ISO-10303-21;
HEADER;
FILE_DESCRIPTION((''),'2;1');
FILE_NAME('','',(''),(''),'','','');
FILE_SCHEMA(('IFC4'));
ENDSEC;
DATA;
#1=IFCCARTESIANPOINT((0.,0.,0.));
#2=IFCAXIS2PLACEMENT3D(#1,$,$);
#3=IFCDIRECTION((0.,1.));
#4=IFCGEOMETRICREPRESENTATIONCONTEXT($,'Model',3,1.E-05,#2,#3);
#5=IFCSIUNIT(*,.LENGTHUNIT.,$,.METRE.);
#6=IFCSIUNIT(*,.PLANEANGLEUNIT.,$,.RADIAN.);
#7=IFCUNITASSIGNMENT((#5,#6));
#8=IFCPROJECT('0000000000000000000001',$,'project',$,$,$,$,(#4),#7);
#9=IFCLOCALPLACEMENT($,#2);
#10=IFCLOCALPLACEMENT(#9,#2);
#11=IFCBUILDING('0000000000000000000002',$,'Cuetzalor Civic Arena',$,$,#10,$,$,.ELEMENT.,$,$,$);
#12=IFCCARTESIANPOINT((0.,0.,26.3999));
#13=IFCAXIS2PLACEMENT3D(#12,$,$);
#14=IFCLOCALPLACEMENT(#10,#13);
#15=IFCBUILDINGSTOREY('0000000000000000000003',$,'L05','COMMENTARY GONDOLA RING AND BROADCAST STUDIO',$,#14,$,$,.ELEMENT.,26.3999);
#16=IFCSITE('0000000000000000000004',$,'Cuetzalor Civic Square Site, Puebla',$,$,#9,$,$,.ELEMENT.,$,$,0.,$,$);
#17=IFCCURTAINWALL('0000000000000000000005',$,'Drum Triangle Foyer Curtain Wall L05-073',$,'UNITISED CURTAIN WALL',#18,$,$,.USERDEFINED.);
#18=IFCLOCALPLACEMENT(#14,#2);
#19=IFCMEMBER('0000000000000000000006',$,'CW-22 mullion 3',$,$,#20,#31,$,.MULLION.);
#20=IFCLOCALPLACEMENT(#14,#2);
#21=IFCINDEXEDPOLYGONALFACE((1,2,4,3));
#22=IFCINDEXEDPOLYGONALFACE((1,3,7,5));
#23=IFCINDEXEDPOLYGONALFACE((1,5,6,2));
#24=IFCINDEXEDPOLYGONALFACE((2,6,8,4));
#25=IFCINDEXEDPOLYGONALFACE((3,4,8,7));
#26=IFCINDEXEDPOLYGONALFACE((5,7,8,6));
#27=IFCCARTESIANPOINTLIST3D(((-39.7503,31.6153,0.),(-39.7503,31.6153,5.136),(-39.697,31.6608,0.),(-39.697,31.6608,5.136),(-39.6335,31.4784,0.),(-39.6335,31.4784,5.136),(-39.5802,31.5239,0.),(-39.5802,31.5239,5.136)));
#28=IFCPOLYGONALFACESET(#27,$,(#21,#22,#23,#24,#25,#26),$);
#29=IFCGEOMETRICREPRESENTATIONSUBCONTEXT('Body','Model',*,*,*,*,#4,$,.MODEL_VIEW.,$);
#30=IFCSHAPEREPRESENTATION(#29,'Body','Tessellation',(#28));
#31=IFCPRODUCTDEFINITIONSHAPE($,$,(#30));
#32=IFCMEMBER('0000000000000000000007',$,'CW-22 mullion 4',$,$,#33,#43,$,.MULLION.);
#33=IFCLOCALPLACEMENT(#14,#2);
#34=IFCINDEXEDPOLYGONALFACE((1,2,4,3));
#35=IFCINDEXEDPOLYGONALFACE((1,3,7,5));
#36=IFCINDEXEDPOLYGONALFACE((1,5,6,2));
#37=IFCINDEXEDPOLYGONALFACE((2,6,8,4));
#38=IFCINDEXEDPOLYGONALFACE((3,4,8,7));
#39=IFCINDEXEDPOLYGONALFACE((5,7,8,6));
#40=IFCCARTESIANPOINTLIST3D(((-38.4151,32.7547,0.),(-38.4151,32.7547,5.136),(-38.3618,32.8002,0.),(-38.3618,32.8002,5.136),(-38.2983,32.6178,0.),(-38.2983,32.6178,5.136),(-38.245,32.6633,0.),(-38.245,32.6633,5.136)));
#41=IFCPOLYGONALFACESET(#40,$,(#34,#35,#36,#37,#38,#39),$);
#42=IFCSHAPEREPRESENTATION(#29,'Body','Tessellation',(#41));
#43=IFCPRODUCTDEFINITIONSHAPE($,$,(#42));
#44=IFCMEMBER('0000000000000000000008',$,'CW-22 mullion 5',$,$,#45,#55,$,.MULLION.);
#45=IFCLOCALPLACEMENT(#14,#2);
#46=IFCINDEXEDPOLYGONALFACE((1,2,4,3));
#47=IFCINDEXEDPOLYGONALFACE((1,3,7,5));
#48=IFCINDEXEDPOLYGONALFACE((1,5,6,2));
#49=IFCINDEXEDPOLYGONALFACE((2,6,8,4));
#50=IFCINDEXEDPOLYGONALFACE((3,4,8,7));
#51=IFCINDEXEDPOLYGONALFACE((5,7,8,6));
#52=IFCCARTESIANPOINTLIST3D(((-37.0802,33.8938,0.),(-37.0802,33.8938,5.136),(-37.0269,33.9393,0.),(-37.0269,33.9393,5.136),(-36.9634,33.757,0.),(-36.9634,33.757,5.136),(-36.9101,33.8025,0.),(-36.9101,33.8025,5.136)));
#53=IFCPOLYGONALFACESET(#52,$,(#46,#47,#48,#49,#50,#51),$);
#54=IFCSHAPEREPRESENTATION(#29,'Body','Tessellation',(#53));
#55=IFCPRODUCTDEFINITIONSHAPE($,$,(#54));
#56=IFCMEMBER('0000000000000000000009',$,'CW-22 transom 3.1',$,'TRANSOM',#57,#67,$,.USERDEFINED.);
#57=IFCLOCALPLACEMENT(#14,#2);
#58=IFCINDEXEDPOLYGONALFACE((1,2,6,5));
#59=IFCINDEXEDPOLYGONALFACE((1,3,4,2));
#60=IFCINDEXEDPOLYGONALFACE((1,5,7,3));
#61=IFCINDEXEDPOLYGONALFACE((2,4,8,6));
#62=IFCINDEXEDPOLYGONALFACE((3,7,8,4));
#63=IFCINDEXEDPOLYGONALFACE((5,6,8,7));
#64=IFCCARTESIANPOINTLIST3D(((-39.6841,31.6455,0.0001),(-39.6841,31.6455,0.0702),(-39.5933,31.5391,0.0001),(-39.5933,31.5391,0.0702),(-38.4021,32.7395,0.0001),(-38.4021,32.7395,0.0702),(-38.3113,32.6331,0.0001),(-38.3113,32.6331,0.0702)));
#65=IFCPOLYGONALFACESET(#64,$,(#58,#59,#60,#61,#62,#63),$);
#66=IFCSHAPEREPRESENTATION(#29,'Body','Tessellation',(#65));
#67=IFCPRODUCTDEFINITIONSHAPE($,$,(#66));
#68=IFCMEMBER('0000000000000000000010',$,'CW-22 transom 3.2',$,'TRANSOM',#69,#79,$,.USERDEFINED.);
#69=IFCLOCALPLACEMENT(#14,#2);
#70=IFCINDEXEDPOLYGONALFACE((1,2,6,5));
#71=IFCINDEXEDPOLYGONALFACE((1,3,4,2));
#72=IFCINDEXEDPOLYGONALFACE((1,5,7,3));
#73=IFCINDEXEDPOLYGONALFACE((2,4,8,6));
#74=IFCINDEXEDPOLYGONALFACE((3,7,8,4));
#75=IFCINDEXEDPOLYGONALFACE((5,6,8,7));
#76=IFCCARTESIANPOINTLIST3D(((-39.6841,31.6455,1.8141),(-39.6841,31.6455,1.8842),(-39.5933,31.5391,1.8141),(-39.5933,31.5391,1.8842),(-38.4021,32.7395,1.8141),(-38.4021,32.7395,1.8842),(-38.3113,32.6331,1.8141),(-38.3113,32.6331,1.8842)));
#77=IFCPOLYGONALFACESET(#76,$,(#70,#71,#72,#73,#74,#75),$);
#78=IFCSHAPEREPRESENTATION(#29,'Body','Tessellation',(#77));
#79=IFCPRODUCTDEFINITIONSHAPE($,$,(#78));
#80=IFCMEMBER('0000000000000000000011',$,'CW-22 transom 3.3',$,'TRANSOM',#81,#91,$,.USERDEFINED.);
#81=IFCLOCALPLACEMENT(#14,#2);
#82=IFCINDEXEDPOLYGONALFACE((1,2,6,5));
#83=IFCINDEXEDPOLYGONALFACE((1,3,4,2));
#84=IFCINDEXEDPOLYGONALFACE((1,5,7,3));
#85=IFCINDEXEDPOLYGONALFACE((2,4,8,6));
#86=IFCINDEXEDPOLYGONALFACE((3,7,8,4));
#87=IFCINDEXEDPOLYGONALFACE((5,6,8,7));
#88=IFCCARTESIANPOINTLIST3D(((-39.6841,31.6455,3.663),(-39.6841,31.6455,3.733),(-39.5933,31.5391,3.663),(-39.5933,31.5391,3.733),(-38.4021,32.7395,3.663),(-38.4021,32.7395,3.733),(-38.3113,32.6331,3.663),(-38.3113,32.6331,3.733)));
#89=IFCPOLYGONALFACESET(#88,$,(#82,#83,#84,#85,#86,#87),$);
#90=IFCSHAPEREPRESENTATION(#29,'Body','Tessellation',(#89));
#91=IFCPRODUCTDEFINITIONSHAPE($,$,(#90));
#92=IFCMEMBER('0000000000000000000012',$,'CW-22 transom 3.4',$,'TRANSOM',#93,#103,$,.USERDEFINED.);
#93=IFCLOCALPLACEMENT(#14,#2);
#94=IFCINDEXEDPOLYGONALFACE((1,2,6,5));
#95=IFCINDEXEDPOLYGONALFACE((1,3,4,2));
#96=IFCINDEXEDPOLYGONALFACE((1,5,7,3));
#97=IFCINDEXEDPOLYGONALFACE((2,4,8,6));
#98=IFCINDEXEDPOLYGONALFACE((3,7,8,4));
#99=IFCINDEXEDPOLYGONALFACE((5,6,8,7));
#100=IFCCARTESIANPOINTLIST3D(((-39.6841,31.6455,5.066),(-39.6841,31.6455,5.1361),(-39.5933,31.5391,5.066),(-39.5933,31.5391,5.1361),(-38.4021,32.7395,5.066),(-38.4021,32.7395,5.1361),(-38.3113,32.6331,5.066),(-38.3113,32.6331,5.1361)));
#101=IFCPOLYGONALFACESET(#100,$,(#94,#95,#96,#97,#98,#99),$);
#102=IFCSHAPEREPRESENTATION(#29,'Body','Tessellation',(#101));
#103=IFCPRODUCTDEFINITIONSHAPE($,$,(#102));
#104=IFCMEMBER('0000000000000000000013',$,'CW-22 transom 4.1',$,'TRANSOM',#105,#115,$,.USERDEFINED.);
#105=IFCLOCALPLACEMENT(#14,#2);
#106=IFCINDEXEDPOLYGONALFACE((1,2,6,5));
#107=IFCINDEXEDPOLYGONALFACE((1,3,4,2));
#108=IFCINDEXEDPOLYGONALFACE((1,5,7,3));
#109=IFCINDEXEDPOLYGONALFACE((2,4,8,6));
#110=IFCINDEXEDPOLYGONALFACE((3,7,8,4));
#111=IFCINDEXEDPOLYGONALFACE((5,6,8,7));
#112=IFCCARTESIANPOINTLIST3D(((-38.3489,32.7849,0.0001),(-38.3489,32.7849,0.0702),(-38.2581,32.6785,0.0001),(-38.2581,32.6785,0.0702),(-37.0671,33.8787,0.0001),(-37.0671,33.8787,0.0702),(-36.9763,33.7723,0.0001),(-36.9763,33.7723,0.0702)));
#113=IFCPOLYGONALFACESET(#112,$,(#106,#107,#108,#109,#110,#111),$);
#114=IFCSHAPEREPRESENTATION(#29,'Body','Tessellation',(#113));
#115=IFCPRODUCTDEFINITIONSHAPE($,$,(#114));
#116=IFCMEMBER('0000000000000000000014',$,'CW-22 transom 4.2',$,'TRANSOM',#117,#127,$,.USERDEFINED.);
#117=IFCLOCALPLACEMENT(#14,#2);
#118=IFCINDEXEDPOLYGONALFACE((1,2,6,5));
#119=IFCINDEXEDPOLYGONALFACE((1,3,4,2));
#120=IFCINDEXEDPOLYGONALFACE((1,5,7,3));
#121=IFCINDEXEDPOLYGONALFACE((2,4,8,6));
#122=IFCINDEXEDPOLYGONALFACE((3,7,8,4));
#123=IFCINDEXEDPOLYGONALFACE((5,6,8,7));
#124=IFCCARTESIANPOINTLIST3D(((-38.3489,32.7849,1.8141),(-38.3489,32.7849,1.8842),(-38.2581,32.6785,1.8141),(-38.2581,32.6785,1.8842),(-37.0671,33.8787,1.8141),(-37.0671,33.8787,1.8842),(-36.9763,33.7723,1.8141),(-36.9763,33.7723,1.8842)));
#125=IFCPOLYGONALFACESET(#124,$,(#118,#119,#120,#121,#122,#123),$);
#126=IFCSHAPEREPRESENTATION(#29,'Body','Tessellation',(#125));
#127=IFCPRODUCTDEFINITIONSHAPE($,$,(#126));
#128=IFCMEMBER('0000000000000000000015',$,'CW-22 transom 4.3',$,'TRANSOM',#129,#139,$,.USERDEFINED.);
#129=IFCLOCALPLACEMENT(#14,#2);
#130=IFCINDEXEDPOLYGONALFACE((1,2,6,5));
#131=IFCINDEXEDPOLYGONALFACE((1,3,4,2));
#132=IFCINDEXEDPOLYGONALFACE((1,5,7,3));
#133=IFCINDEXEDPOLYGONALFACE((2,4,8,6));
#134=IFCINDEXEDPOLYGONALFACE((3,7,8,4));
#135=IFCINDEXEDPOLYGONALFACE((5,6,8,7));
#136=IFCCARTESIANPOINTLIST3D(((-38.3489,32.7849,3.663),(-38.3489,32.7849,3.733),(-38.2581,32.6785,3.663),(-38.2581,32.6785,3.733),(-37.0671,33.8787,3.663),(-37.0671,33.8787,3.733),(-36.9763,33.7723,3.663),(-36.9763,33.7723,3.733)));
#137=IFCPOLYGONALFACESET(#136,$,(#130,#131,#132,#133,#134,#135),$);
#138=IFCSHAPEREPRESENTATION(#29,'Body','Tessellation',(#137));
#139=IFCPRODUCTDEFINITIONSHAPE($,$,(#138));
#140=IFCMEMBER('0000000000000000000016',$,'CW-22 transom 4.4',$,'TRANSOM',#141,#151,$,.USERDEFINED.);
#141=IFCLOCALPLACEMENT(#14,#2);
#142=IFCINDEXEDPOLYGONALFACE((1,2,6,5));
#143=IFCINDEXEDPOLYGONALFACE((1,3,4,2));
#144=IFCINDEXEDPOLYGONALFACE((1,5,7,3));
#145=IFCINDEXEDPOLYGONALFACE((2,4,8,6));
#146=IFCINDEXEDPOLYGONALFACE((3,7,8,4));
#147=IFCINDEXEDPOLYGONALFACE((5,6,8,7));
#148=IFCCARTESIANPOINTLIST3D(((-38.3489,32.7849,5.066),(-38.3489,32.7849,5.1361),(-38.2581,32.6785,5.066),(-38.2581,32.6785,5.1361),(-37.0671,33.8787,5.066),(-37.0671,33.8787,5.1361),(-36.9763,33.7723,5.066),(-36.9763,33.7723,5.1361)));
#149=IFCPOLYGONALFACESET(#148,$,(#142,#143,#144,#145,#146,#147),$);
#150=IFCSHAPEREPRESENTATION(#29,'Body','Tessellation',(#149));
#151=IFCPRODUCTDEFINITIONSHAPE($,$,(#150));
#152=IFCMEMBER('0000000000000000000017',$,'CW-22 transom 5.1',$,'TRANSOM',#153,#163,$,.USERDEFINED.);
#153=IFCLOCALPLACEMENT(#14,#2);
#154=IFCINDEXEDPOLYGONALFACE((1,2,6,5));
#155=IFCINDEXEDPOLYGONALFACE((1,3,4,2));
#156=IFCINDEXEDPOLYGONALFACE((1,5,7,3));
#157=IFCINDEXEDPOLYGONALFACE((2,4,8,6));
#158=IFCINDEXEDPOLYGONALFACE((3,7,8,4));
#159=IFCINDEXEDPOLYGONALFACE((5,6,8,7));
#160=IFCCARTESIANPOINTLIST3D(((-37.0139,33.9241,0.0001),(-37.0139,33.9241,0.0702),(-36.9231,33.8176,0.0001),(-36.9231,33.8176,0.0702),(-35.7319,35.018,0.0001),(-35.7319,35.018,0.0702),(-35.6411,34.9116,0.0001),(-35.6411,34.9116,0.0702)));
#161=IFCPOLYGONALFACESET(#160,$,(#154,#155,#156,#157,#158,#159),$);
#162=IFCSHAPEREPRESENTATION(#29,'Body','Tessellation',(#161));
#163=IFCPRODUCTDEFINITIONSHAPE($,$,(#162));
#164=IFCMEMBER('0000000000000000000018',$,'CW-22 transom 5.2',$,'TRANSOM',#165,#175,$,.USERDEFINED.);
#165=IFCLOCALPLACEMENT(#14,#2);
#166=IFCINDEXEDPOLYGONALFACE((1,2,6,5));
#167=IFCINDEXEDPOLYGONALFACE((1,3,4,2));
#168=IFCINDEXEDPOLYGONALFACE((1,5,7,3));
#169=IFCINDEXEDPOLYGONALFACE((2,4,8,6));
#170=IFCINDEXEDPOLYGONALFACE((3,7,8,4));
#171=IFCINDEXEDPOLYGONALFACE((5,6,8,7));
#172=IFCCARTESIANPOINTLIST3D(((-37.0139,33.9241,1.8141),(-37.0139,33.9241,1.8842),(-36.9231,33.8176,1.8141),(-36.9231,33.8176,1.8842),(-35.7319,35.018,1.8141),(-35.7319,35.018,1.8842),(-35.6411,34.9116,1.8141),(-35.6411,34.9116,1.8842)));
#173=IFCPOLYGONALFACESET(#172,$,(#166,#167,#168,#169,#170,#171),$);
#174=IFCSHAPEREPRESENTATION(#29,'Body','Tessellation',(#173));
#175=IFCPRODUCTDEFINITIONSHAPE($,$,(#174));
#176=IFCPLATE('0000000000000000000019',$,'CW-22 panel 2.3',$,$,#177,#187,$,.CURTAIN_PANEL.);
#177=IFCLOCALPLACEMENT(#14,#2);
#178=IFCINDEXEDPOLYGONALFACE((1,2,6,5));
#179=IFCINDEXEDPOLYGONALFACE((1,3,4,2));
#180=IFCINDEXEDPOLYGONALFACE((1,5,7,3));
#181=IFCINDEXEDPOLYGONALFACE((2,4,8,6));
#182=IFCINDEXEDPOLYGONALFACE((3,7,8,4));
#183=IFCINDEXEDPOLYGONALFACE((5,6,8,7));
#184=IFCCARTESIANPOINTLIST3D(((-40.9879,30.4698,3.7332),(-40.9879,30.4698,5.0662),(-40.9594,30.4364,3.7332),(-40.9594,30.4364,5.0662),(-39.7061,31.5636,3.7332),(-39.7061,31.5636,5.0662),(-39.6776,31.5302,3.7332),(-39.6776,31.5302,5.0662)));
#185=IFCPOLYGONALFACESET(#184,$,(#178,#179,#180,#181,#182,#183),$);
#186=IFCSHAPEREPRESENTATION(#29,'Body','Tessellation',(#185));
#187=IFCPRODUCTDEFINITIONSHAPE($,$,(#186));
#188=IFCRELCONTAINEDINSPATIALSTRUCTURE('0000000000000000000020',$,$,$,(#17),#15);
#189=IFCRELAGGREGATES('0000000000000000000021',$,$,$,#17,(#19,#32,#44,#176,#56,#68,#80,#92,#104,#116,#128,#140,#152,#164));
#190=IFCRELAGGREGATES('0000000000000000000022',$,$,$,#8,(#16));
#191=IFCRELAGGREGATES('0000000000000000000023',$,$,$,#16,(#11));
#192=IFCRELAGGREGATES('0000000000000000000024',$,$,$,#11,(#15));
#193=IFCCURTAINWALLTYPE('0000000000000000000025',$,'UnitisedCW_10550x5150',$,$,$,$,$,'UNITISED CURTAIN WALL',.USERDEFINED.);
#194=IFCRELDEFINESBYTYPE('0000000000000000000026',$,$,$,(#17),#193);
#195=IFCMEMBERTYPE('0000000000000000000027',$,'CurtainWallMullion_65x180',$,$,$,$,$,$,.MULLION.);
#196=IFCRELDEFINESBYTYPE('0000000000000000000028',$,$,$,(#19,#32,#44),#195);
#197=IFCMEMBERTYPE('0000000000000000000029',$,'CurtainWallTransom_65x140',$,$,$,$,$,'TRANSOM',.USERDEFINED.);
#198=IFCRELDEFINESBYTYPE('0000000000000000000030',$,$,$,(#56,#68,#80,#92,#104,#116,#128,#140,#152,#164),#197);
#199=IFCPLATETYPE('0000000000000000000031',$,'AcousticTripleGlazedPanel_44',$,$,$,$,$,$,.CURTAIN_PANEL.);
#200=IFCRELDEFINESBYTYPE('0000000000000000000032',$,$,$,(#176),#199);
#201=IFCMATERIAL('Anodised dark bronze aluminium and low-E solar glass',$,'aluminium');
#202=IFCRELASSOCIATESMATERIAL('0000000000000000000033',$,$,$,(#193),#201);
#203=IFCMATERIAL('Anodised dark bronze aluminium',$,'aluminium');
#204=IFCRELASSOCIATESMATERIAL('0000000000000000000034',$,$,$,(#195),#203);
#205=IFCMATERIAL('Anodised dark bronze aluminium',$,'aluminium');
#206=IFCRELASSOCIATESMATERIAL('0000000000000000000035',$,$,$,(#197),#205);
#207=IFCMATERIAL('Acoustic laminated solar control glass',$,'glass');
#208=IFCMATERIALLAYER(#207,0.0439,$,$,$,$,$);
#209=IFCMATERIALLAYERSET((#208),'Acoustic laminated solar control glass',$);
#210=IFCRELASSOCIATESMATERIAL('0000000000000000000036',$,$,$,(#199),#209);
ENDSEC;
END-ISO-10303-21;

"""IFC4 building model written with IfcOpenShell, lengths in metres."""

from ifc_helpers import new_model, si_unit, direction, frame, origin, origin_2d, place, context, subcontext, project, spatial, rectangle, extrude, material, layer, layer_set, material_profile, profile_set, type_object, element, aggregate, save


model = new_model("IFC4")

# Units and contexts
model_context = context("Model", 3, precision=1e-05, world=origin(), true_north=direction((0.0, 1.0)))
body_context = subcontext(model_context, "Body", "Model", "MODEL_VIEW")
ifc_project = project(units=[si_unit("LENGTHUNIT", "METRE"), si_unit("PLANEANGLEUNIT", "RADIAN")], contexts=[model_context])

# Site, building, storey
site_placement = place(None, origin())
site = spatial("IfcSite", under=ifc_project, at=site_placement, Name="Cuetzalor Civic Square Site, Puebla", CompositionType="ELEMENT", RefElevation=0.0)
building_placement = place(site_placement, origin())
building = spatial("IfcBuilding", under=site, at=building_placement, Name="Cuetzalor Civic Arena", CompositionType="ELEMENT")
storey_placement = place(building_placement, frame((0.0, 0.0, 26.3999)))
storey = spatial("IfcBuildingStorey", under=building, at=storey_placement, Name="L05", Description="COMMENTARY GONDOLA RING AND BROADCAST STUDIO", CompositionType="ELEMENT", Elevation=26.3999)

# Curtain wall, members, plate
ifc_material_1 = material(Name="Anodised dark bronze aluminium and low-E solar glass", Category="aluminium")
curtain_wall_type = type_object("IfcCurtainWallType", Name="UnitisedCW_10550x5150", ElementType="UNITISED CURTAIN WALL", PredefinedType="USERDEFINED", material=ifc_material_1)
curtain_wall_placement = place(storey_placement, origin())
curtain_wall = element("IfcCurtainWall", 1, at=curtain_wall_placement, inside=storey, type_object=curtain_wall_type, Name="Drum Triangle Foyer Curtain Wall L05-073", ObjectType="UNITISED CURTAIN WALL", PredefinedType="USERDEFINED")
ifc_material_2 = material(Name="Anodised dark bronze aluminium", Category="aluminium")
ifc_material_profile_1 = material_profile(ifc_material_2, rectangle(XDim=0.0701, YDim=0.1799, at=origin_2d()), Name="ALU MULLION 70x180")
ifc_profile_set_1 = profile_set([ifc_material_profile_1], Name="Anodised dark bronze aluminium")
member_type_1 = type_object("IfcMemberType", Name="CurtainWallMullion_65x180", PredefinedType="MULLION", material=ifc_profile_set_1)
member_1_placement = place(storey_placement, frame((-39.6653, 31.5696, 0.0), z_axis=(0.0, 0.0, 1.0), x_axis=(0.760677, 0.64913, 0.0)))
member_1 = element("IfcMember", 2, at=member_1_placement, type_object=member_type_1, Name="CW-22 mullion 3", PredefinedType="MULLION", context=body_context, shape_type="SweptSolid", body=[
    extrude(rectangle(XDim=0.0701, YDim=0.1799, at=origin_2d()), origin(), (0.0, 0.0, 1.0), 5.136),
])
member_2_placement = place(storey_placement, frame((-38.3301, 32.709, 0.0), z_axis=(0.0, 0.0, 1.0), x_axis=(0.760677, 0.64913, 0.0)))
member_2 = element("IfcMember", 3, at=member_2_placement, type_object=member_type_1, Name="CW-22 mullion 4", PredefinedType="MULLION", context=body_context, shape_type="SweptSolid", body=[
    extrude(rectangle(XDim=0.0701, YDim=0.1799, at=origin_2d()), origin(), (0.0, 0.0, 1.0), 5.136),
])
member_3_placement = place(storey_placement, frame((-36.9951, 33.8481, 0.0), z_axis=(0.0, 0.0, 1.0), x_axis=(0.760677, 0.64913, 0.0)))
member_3 = element("IfcMember", 4, at=member_3_placement, type_object=member_type_1, Name="CW-22 mullion 5", PredefinedType="MULLION", context=body_context, shape_type="SweptSolid", body=[
    extrude(rectangle(XDim=0.0701, YDim=0.1799, at=origin_2d()), origin(), (0.0, 0.0, 1.0), 5.136),
])
ifc_material_3 = material(Name="Anodised dark bronze aluminium", Category="aluminium")
ifc_material_profile_2 = material_profile(ifc_material_3, rectangle(XDim=0.1399, YDim=0.0701, at=origin_2d()), Name="ALU TRANSOM 70x140")
ifc_profile_set_2 = profile_set([ifc_material_profile_2], Name="Anodised dark bronze aluminium")
member_type_2 = type_object("IfcMemberType", Name="CurtainWallTransom_65x140", ElementType="TRANSOM", PredefinedType="USERDEFINED", material=ifc_profile_set_2)
member_4_placement = place(storey_placement, frame((-39.6387, 31.5923, 0.0352), z_axis=(0.760676, 0.649132, 0.0), x_axis=(-0.649132, 0.760676, 0.0)))
member_4 = element("IfcMember", 5, at=member_4_placement, type_object=member_type_2, Name="CW-22 transom 3.1", ObjectType="TRANSOM", PredefinedType="USERDEFINED", context=body_context, shape_type="SweptSolid", body=[
    extrude(rectangle(XDim=0.1399, YDim=0.0701, at=origin_2d()), origin(), (0.0, 0.0, 1.0), 1.6853),
])
member_5_placement = place(storey_placement, frame((-39.6387, 31.5923, 1.8491), z_axis=(0.760676, 0.649132, 0.0), x_axis=(-0.649132, 0.760676, 0.0)))
member_5 = element("IfcMember", 6, at=member_5_placement, type_object=member_type_2, Name="CW-22 transom 3.2", ObjectType="TRANSOM", PredefinedType="USERDEFINED", context=body_context, shape_type="SweptSolid", body=[
    extrude(rectangle(XDim=0.1399, YDim=0.0701, at=origin_2d()), origin(), (0.0, 0.0, 1.0), 1.6853),
])
member_6_placement = place(storey_placement, frame((-39.6387, 31.5923, 3.698), z_axis=(0.760676, 0.649132, 0.0), x_axis=(-0.649132, 0.760676, 0.0)))
member_6 = element("IfcMember", 7, at=member_6_placement, type_object=member_type_2, Name="CW-22 transom 3.3", ObjectType="TRANSOM", PredefinedType="USERDEFINED", context=body_context, shape_type="SweptSolid", body=[
    extrude(rectangle(XDim=0.1399, YDim=0.0701, at=origin_2d()), origin(), (0.0, 0.0, 1.0), 1.6853),
])
member_7_placement = place(storey_placement, frame((-39.6387, 31.5923, 5.1011), z_axis=(0.760676, 0.649132, 0.0), x_axis=(-0.649132, 0.760676, 0.0)))
member_7 = element("IfcMember", 8, at=member_7_placement, type_object=member_type_2, Name="CW-22 transom 3.4", ObjectType="TRANSOM", PredefinedType="USERDEFINED", context=body_context, shape_type="SweptSolid", body=[
    extrude(rectangle(XDim=0.1399, YDim=0.0701, at=origin_2d()), origin(), (0.0, 0.0, 1.0), 1.6853),
])
member_8_placement = place(storey_placement, frame((-38.3035, 32.7317, 0.0352), z_axis=(0.760687, 0.649119, 0.0), x_axis=(-0.649119, 0.760687, 0.0)))
member_8 = element("IfcMember", 9, at=member_8_placement, type_object=member_type_2, Name="CW-22 transom 4.1", ObjectType="TRANSOM", PredefinedType="USERDEFINED", context=body_context, shape_type="SweptSolid", body=[
    extrude(rectangle(XDim=0.1399, YDim=0.0701, at=origin_2d()), origin(), (0.0, 0.0, 1.0), 1.6851),
])
member_9_placement = place(storey_placement, frame((-38.3035, 32.7317, 1.8491), z_axis=(0.760687, 0.649119, 0.0), x_axis=(-0.649119, 0.760687, 0.0)))
member_9 = element("IfcMember", 10, at=member_9_placement, type_object=member_type_2, Name="CW-22 transom 4.2", ObjectType="TRANSOM", PredefinedType="USERDEFINED", context=body_context, shape_type="SweptSolid", body=[
    extrude(rectangle(XDim=0.1399, YDim=0.0701, at=origin_2d()), origin(), (0.0, 0.0, 1.0), 1.6851),
])
member_10_placement = place(storey_placement, frame((-38.3035, 32.7317, 3.698), z_axis=(0.760687, 0.649119, 0.0), x_axis=(-0.649119, 0.760687, 0.0)))
member_10 = element("IfcMember", 11, at=member_10_placement, type_object=member_type_2, Name="CW-22 transom 4.3", ObjectType="TRANSOM", PredefinedType="USERDEFINED", context=body_context, shape_type="SweptSolid", body=[
    extrude(rectangle(XDim=0.1399, YDim=0.0701, at=origin_2d()), origin(), (0.0, 0.0, 1.0), 1.6851),
])
member_11_placement = place(storey_placement, frame((-38.3035, 32.7317, 5.1011), z_axis=(0.760687, 0.649119, 0.0), x_axis=(-0.649119, 0.760687, 0.0)))
member_11 = element("IfcMember", 12, at=member_11_placement, type_object=member_type_2, Name="CW-22 transom 4.4", ObjectType="TRANSOM", PredefinedType="USERDEFINED", context=body_context, shape_type="SweptSolid", body=[
    extrude(rectangle(XDim=0.1399, YDim=0.0701, at=origin_2d()), origin(), (0.0, 0.0, 1.0), 1.6851),
])
member_12_placement = place(storey_placement, frame((-36.9685, 33.8708, 0.0352), z_axis=(0.760676, 0.649132, 0.0), x_axis=(-0.649132, 0.760676, 0.0)))
member_12 = element("IfcMember", 13, at=member_12_placement, type_object=member_type_2, Name="CW-22 transom 5.1", ObjectType="TRANSOM", PredefinedType="USERDEFINED", context=body_context, shape_type="SweptSolid", body=[
    extrude(rectangle(XDim=0.1399, YDim=0.0701, at=origin_2d()), origin(), (0.0, 0.0, 1.0), 1.6853),
])
member_13_placement = place(storey_placement, frame((-36.9685, 33.8708, 1.8491), z_axis=(0.760676, 0.649132, 0.0), x_axis=(-0.649132, 0.760676, 0.0)))
member_13 = element("IfcMember", 14, at=member_13_placement, type_object=member_type_2, Name="CW-22 transom 5.2", ObjectType="TRANSOM", PredefinedType="USERDEFINED", context=body_context, shape_type="SweptSolid", body=[
    extrude(rectangle(XDim=0.1399, YDim=0.0701, at=origin_2d()), origin(), (0.0, 0.0, 1.0), 1.6853),
])
ifc_material_4 = material(Name="Acoustic laminated solar control glass", Category="glass")
ifc_layer = layer(ifc_material_4, 0.0439)
ifc_layer_set = layer_set([ifc_layer], Name="Acoustic laminated solar control glass")
plate_type = type_object("IfcPlateType", Name="AcousticTripleGlazedPanel_44", PredefinedType="CURTAIN_PANEL", material=ifc_layer_set)
plate_1_placement = place(storey_placement, frame((-40.3328, 31.0, 3.7332), z_axis=(0.0, 0.0, 1.0), x_axis=(0.760677, 0.64913, 0.0)))
plate_1 = element("IfcPlate", 15, at=plate_1_placement, type_object=plate_type, Name="CW-22 panel 2.3", PredefinedType="CURTAIN_PANEL", context=body_context, shape_type="SweptSolid", body=[
    extrude(rectangle(XDim=1.6851, YDim=0.0439, at=origin_2d()), origin(), (0.0, 0.0, 1.0), 1.333),
])
aggregate(curtain_wall, [member_1, member_2, member_3, plate_1, member_4, member_5, member_6, member_7, member_8, member_9, member_10, member_11, member_12, member_13])

save(model, "model.ifc")
